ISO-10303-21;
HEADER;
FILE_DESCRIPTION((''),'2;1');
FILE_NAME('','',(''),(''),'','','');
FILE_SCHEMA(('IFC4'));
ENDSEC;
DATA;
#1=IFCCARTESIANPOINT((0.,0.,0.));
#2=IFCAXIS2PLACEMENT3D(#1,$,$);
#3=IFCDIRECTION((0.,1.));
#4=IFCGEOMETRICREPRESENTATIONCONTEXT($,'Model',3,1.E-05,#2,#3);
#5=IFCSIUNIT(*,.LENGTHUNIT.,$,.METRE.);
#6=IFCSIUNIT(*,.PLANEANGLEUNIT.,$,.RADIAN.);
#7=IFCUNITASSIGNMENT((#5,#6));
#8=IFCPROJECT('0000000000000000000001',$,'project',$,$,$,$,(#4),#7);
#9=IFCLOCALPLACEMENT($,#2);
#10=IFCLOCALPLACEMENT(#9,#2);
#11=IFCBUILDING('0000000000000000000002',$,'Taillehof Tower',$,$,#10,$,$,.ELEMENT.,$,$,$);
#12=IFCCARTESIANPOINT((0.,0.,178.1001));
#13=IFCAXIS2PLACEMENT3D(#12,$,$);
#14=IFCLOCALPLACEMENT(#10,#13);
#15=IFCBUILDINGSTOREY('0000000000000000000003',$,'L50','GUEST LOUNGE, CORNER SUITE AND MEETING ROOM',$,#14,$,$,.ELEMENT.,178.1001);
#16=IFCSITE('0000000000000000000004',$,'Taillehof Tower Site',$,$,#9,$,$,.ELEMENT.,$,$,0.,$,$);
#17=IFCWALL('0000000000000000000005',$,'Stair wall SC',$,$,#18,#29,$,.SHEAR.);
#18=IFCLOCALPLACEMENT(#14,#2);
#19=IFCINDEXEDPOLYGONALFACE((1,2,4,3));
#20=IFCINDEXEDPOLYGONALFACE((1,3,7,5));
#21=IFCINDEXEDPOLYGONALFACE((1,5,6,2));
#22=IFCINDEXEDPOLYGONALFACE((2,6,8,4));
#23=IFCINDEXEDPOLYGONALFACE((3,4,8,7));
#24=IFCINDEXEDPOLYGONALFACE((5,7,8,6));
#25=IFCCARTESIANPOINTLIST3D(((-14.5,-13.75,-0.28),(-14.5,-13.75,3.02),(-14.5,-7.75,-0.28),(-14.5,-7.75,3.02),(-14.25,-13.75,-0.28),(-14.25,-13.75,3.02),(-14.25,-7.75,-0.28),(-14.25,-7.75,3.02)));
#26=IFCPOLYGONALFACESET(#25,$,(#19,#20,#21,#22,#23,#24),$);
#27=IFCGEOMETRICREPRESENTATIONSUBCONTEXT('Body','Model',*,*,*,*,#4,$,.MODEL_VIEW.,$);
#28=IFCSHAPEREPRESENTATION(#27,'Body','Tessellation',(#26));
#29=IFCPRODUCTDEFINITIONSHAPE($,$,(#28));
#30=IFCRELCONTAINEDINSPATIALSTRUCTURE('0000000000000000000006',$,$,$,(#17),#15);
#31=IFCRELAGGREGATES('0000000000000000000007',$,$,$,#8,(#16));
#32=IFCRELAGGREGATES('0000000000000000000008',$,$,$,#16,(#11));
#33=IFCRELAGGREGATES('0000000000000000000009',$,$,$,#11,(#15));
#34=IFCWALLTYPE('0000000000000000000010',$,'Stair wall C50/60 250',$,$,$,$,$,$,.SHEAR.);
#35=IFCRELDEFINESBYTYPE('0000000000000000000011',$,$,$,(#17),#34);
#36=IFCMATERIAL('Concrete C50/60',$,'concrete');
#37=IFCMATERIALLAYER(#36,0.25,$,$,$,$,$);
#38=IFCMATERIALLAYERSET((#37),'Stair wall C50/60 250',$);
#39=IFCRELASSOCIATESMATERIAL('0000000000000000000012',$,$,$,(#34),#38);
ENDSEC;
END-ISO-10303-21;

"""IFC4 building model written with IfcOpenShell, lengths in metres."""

from ifc_helpers import new_model, si_unit, direction, frame, frame_2d, origin, place, context, subcontext, project, spatial, rectangle, extrude, material, layer, layer_set, type_object, element, save


model = new_model("IFC4")

# Units and contexts
model_context = context("Model", 3, precision=1e-05, world=origin(), true_north=direction((0.0, 1.0)))
body_context = subcontext(model_context, "Body", "Model", "MODEL_VIEW")
ifc_project = project(units=[si_unit("LENGTHUNIT", "METRE"), si_unit("PLANEANGLEUNIT", "RADIAN")], contexts=[model_context])

# Site, building, storey
site_placement = place(None, origin())
site = spatial("IfcSite", under=ifc_project, at=site_placement, Name="Taillehof Tower Site", CompositionType="ELEMENT", RefElevation=0.0)
building_placement = place(site_placement, origin())
building = spatial("IfcBuilding", under=site, at=building_placement, Name="Taillehof Tower", CompositionType="ELEMENT")
storey_placement = place(building_placement, frame((0.0, 0.0, 178.1001)))
storey = spatial("IfcBuildingStorey", under=building, at=storey_placement, Name="L50", Description="GUEST LOUNGE, CORNER SUITE AND MEETING ROOM", CompositionType="ELEMENT", Elevation=178.1001)

# Wall
ifc_material_1 = material(Name="Concrete C50/60", Category="concrete")
ifc_layer_1 = layer(ifc_material_1, 0.25)
ifc_layer_set_1 = layer_set([ifc_layer_1], Name="Stair wall C50/60 250")
wall_type_1 = type_object("IfcWallType", Name="Stair wall C50/60 250", PredefinedType="SHEAR", material=ifc_layer_set_1)
wall_1_placement = place(storey_placement, frame((-14.375, -13.75, -0.28), z_axis=(0.0, 0.0, 1.0), x_axis=(0.0, 1.0, 0.0)))
element("IfcWall", 1, at=wall_1_placement, inside=storey, type_object=wall_type_1, Name="Stair wall SC", PredefinedType="SHEAR", context=body_context, shape_type="SweptSolid", body=[
    extrude(rectangle(XDim=6.0, YDim=0.25, at=frame_2d((3.0, 0.0))), origin(), (0.0, 0.0, 1.0), 3.3),
])

save(model, "model.ifc")
